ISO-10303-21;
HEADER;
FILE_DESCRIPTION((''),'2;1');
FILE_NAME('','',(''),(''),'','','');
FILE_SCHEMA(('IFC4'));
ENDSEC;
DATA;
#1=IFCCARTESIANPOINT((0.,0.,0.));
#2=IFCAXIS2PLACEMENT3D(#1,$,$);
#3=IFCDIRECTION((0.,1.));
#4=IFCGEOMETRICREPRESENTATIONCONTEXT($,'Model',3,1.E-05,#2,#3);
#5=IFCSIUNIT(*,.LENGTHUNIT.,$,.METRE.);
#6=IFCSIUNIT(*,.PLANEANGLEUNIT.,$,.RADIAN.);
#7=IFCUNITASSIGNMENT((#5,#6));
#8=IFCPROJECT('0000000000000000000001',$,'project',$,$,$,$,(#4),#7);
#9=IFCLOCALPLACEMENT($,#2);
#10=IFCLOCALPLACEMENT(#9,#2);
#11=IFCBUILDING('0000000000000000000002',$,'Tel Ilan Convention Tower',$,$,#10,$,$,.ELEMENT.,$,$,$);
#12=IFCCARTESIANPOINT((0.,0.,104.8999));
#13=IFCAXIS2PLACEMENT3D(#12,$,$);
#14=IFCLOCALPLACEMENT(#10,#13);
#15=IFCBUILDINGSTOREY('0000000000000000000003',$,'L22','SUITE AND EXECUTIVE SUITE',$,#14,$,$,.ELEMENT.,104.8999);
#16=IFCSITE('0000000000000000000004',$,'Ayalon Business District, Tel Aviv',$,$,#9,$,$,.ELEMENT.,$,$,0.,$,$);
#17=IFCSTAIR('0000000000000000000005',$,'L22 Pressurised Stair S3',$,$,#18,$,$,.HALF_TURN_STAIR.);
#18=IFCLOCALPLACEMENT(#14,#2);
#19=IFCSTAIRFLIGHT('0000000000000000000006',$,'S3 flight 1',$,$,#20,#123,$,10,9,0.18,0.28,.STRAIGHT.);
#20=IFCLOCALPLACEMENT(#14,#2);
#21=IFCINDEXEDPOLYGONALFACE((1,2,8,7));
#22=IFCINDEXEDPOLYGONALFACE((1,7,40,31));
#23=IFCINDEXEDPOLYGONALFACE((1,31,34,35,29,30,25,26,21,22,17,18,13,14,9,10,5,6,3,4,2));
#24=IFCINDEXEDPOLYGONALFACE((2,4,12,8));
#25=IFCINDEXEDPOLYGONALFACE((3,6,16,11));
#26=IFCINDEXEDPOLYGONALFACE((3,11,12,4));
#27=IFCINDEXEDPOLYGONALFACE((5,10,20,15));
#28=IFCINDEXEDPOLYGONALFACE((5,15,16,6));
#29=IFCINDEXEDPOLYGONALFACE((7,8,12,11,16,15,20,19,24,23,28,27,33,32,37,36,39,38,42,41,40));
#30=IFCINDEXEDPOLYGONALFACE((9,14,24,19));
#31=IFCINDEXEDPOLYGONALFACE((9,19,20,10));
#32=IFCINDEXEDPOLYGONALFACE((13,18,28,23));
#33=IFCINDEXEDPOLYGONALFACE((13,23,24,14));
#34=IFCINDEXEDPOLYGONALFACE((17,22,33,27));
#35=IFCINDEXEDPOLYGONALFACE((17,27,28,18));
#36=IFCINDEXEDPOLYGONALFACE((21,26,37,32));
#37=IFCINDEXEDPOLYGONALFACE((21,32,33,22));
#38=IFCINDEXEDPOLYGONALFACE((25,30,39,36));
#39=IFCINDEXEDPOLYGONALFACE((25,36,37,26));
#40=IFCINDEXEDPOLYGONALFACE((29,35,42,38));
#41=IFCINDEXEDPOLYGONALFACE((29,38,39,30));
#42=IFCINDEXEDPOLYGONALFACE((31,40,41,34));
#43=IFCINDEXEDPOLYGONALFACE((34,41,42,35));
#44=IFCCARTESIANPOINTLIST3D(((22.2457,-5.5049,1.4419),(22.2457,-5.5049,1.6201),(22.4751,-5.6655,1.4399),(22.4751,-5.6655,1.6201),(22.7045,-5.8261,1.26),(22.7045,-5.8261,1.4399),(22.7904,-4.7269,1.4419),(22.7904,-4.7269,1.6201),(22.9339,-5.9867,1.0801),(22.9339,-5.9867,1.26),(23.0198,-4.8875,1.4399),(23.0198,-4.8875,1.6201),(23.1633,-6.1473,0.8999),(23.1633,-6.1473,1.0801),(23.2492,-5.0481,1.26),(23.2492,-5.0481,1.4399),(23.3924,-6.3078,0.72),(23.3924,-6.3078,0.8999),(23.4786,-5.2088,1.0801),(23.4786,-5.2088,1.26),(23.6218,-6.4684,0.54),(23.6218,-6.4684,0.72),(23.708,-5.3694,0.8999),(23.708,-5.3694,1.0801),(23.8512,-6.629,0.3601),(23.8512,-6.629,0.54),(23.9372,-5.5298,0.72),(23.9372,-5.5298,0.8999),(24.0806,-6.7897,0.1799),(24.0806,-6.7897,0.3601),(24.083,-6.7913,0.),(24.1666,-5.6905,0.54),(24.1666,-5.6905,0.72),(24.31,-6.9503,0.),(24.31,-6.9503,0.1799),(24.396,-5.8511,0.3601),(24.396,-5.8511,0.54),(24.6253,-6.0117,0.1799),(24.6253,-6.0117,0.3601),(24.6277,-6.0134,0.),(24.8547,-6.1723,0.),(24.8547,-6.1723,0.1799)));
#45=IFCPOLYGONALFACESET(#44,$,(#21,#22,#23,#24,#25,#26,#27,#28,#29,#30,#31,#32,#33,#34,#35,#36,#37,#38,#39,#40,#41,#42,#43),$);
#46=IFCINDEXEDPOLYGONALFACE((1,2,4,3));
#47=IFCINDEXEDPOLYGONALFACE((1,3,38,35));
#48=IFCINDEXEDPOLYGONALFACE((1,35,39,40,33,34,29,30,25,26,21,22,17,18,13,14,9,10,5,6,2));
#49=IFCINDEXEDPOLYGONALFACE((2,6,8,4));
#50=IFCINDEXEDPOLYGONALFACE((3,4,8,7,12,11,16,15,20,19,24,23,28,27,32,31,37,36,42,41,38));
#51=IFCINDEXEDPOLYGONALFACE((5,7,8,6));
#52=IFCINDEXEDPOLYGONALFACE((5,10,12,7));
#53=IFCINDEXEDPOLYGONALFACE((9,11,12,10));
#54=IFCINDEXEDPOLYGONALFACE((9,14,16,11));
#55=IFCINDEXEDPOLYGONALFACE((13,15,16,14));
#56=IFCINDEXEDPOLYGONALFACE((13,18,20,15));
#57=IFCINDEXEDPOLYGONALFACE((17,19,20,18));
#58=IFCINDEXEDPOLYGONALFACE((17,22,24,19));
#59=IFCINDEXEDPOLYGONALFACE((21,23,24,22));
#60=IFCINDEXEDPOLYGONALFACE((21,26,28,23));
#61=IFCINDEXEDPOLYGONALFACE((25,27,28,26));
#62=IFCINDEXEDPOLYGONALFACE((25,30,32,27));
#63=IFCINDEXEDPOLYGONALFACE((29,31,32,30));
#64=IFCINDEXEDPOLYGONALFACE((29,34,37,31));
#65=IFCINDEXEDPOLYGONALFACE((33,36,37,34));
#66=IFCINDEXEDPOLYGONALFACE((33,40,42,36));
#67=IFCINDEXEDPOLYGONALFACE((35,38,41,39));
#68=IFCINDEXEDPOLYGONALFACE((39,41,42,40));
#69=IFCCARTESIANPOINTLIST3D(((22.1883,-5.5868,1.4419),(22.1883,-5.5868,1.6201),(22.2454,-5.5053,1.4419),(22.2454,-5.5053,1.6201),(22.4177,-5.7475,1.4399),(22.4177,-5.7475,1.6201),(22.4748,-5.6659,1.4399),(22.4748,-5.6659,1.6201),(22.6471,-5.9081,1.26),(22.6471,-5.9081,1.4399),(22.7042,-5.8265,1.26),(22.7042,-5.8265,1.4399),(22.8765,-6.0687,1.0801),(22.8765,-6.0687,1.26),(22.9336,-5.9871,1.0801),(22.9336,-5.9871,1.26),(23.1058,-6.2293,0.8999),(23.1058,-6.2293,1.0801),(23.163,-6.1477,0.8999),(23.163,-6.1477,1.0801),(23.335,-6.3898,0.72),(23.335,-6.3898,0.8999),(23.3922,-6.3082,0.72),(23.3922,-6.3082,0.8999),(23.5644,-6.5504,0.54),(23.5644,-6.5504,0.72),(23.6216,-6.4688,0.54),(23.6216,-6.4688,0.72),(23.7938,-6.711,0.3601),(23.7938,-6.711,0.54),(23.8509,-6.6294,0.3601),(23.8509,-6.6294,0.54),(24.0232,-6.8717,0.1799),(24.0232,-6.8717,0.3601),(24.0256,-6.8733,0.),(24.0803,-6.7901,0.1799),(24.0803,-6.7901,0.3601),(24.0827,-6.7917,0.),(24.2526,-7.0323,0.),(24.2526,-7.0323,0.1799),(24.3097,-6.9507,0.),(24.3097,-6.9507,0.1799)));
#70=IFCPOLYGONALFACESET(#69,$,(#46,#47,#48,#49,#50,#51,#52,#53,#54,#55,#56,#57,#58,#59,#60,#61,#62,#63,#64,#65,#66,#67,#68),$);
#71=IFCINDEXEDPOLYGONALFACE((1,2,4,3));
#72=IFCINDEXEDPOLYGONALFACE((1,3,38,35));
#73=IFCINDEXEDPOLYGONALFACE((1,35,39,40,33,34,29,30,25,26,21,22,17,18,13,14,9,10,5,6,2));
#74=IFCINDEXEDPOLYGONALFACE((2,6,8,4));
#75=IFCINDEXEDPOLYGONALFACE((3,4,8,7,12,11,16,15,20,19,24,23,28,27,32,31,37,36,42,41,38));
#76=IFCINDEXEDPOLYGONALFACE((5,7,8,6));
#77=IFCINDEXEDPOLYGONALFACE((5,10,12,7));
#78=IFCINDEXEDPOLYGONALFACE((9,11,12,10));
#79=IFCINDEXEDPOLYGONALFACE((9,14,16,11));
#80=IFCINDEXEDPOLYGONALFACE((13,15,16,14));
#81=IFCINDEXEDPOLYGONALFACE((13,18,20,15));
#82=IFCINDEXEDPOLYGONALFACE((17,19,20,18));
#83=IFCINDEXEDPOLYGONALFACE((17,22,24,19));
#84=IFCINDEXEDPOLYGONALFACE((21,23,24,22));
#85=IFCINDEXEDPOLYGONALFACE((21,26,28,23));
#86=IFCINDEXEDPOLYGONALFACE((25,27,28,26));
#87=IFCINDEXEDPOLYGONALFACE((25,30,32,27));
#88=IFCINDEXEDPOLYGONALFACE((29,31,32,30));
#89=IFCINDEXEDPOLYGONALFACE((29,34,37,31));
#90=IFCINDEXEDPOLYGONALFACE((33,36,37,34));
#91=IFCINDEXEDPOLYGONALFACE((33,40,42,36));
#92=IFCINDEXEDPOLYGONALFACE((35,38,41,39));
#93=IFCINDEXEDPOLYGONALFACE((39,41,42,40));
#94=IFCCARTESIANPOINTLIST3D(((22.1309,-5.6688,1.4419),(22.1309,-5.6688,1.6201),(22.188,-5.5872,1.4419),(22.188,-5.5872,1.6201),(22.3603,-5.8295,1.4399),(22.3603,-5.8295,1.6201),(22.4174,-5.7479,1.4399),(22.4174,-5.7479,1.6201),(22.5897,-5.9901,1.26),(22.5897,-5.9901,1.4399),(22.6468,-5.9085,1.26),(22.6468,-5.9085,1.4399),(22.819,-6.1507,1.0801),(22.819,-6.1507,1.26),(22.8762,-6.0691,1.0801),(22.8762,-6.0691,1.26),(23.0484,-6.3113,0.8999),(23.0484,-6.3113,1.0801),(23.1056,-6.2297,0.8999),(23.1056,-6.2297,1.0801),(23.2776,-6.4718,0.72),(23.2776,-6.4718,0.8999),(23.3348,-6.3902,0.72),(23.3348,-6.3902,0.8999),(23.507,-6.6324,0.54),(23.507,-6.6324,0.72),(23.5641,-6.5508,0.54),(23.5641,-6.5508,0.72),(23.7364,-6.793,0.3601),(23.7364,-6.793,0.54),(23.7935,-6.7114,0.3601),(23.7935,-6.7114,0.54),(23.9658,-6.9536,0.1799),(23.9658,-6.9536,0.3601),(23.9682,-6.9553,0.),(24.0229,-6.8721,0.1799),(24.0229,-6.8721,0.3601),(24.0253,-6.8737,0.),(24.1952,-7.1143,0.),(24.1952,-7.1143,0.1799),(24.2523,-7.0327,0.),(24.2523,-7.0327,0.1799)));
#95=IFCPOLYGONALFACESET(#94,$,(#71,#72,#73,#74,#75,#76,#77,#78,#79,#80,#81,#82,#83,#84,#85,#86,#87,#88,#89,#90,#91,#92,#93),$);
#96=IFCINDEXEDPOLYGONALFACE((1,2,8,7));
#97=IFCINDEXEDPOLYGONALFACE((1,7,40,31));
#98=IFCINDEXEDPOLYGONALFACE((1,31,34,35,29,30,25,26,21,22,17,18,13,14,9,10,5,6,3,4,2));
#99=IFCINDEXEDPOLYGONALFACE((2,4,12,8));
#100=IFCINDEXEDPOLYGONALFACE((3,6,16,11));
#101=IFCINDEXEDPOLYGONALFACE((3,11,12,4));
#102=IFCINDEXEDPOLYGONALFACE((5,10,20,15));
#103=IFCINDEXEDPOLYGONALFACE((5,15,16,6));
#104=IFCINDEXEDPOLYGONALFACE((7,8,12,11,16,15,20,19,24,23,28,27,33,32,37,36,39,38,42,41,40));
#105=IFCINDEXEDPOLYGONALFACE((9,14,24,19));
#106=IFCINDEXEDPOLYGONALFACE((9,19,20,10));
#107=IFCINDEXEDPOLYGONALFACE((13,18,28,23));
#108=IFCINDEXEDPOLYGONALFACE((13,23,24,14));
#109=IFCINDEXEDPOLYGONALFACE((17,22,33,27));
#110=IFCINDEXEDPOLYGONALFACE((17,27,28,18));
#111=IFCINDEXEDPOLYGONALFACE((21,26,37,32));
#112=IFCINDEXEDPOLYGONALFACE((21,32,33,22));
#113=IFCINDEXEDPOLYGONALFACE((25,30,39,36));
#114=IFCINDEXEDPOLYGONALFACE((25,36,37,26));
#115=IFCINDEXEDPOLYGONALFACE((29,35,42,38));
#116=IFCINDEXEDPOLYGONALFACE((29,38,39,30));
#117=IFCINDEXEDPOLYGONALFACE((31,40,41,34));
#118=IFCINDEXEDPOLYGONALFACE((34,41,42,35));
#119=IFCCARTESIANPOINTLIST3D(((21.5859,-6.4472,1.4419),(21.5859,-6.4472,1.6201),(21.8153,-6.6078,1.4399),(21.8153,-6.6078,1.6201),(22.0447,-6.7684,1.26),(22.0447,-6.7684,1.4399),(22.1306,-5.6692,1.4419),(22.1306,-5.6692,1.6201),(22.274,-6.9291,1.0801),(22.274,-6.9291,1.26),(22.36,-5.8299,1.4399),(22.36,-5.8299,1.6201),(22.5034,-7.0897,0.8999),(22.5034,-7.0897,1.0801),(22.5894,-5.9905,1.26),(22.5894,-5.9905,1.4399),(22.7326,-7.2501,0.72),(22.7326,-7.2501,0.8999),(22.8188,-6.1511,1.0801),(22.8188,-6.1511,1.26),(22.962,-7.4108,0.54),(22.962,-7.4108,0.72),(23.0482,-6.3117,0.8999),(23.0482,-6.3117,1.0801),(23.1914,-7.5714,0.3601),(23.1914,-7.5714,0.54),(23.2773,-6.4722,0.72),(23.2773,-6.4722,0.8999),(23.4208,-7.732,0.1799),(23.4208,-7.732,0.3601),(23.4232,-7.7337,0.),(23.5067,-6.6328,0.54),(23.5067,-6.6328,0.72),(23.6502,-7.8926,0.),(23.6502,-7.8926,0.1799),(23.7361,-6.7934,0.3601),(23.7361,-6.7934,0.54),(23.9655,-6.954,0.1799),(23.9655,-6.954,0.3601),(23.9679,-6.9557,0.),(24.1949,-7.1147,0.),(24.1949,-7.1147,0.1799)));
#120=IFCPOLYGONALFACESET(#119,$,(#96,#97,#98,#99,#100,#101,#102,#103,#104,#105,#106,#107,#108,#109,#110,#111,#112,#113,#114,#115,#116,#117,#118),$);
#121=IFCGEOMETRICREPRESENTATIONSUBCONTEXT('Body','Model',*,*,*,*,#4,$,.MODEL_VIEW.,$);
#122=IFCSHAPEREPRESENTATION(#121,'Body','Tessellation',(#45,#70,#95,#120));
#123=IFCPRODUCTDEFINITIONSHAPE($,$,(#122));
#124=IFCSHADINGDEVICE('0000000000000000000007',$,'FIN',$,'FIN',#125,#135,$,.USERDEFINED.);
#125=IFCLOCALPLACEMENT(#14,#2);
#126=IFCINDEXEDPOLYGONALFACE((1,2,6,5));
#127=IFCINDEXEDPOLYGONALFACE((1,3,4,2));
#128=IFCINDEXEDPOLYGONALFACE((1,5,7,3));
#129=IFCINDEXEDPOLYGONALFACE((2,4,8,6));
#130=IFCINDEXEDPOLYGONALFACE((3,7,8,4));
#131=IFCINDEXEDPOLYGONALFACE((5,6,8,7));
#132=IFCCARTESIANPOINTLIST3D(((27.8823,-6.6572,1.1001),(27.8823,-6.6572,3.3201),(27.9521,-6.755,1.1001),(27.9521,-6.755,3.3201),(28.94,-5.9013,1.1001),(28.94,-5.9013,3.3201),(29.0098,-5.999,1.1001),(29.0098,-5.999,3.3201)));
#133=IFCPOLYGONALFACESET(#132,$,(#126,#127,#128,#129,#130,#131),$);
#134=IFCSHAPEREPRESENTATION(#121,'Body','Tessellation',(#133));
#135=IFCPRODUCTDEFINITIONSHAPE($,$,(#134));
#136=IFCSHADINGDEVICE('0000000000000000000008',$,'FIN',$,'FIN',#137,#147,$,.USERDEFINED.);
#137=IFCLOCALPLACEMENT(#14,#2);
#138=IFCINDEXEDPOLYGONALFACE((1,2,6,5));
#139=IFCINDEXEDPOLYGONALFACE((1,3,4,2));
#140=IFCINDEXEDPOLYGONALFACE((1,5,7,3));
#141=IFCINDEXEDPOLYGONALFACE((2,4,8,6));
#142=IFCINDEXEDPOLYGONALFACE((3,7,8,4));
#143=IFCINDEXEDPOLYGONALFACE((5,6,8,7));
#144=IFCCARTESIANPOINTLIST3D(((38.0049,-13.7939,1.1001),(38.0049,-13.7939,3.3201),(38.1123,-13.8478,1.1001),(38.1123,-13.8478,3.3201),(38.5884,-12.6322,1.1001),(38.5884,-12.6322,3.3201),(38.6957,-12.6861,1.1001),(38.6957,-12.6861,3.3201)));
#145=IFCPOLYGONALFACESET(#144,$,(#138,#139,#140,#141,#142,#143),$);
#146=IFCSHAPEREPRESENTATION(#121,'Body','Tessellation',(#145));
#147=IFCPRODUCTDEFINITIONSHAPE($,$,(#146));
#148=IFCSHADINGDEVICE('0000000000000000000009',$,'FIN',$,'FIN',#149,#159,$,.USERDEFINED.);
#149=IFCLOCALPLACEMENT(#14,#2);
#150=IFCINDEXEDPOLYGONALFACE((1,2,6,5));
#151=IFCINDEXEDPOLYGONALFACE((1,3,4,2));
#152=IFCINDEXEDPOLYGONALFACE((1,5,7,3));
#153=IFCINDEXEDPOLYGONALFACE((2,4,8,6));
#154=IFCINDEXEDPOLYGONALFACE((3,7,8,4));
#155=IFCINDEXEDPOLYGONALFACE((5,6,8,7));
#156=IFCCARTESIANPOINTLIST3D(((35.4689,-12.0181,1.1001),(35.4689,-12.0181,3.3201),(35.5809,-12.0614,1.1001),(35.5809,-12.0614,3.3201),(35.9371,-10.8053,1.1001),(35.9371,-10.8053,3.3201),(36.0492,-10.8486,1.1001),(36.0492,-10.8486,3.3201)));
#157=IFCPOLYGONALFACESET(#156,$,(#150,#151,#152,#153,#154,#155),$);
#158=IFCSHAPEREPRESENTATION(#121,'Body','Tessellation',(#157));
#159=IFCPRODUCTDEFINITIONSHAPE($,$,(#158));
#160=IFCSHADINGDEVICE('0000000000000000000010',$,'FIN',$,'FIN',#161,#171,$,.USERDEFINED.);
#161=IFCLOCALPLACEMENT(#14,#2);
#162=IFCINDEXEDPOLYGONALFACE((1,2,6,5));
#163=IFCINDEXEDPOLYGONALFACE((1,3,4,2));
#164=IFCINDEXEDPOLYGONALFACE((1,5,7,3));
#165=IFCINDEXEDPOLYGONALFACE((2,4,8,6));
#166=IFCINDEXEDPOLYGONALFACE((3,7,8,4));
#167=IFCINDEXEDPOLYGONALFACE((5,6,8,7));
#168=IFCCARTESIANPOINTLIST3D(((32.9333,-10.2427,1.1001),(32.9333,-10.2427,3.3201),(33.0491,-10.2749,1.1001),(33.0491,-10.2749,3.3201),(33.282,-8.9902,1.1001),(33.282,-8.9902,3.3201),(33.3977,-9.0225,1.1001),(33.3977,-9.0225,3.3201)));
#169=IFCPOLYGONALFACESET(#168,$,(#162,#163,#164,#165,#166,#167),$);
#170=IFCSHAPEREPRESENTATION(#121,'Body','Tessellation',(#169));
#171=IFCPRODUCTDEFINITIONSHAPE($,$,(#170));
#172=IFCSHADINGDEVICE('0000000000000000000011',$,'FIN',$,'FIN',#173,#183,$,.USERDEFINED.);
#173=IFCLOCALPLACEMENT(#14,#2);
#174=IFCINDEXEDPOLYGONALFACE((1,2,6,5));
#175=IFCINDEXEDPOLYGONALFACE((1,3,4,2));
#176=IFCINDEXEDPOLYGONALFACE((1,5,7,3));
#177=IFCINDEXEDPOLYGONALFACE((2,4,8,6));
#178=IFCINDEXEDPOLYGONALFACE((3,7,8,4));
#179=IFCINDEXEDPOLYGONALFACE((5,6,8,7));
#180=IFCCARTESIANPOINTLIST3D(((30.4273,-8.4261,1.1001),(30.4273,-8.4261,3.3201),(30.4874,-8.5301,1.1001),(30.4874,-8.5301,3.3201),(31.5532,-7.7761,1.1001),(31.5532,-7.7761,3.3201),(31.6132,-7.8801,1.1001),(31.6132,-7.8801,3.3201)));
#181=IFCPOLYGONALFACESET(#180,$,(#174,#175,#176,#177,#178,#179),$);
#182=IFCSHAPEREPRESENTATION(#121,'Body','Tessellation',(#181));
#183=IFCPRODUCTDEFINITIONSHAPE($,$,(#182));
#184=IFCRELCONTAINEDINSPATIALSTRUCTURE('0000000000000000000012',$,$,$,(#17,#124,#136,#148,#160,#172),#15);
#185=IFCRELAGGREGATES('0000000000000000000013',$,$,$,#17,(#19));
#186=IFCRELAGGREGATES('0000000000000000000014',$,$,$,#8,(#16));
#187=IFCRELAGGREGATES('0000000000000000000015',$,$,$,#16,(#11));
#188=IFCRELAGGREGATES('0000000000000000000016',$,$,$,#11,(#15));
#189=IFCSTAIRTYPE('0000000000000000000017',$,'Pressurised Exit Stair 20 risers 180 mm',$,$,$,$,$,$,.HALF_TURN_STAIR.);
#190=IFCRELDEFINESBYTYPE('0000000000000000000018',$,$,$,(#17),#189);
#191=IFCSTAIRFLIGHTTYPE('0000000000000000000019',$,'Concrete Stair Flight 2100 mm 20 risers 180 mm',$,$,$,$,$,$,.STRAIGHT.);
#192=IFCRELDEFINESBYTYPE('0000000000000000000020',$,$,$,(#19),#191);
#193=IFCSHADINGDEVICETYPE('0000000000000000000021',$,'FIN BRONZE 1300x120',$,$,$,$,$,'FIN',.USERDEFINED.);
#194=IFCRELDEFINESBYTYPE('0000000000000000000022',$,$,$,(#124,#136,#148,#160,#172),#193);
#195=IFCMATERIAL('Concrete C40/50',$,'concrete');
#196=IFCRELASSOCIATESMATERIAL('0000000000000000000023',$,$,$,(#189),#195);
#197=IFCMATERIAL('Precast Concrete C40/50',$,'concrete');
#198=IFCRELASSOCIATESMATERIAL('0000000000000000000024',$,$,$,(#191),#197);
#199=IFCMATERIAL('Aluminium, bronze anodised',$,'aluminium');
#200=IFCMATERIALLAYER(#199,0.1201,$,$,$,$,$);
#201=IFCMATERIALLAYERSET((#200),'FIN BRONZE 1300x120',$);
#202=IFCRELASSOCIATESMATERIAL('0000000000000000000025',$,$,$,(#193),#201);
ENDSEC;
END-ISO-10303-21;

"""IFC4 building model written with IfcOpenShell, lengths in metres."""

from ifc_helpers import new_model, si_unit, direction, frame, origin, origin_2d, place, context, subcontext, project, spatial, polyline, rectangle, outline, extrude, material, layer, layer_set, type_object, element, aggregate, save


model = new_model("IFC4")

# Units and contexts
model_context = context("Model", 3, precision=1e-05, world=origin(), true_north=direction((0.0, 1.0)))
body_context = subcontext(model_context, "Body", "Model", "MODEL_VIEW")
ifc_project = project(units=[si_unit("LENGTHUNIT", "METRE"), si_unit("PLANEANGLEUNIT", "RADIAN")], contexts=[model_context])

# Site, building, storey
site_placement = place(None, origin())
site = spatial("IfcSite", under=ifc_project, at=site_placement, Name="Ayalon Business District, Tel Aviv", CompositionType="ELEMENT", RefElevation=0.0)
building_placement = place(site_placement, origin())
building = spatial("IfcBuilding", under=site, at=building_placement, Name="Tel Ilan Convention Tower", CompositionType="ELEMENT")
storey_placement = place(building_placement, frame((0.0, 0.0, 104.8999)))
storey = spatial("IfcBuildingStorey", under=building, at=storey_placement, Name="L22", Description="SUITE AND EXECUTIVE SUITE", CompositionType="ELEMENT", Elevation=104.8999)

# Stair, stair flight
ifc_material_1 = material(Name="Concrete C40/50", Category="concrete")
stair_type = type_object("IfcStairType", Name="Pressurised Exit Stair 20 risers 180 mm", PredefinedType="HALF_TURN_STAIR", material=ifc_material_1)
stair_placement = place(storey_placement, origin())
stair = element("IfcStair", 1, at=stair_placement, inside=storey, type_object=stair_type, Name="L22 Pressurised Stair S3", PredefinedType="HALF_TURN_STAIR")
ifc_material_2 = material(Name="Precast Concrete C40/50", Category="concrete")
stair_flight_type = type_object("IfcStairFlightType", Name="Concrete Stair Flight 2100 mm 20 risers 180 mm", PredefinedType="STRAIGHT", material=ifc_material_2)
stair_flight_placement = place(storey_placement, frame((24.2524, -7.0325, 0.0), z_axis=(0.0, 0.0, 1.0), x_axis=(-0.819152, 0.573576, 0.0)))
stair_flight = element("IfcStairFlight", 2, at=stair_flight_placement, type_object=stair_flight_type, Name="S3 flight 1", NumberOfRisers=10, NumberOfTreads=9, PredefinedType="STRAIGHT", RiserHeight=0.18, TreadLength=0.28, context=body_context, shape_type="SweptSolid", body=[
    extrude(outline(polyline([(0.0, 0.0), (0.0, 0.1799), (0.28, 0.1799), (0.28, 0.3601), (0.5601, 0.3601), (0.5601, 0.54), (0.8401, 0.54), (0.8401, 0.72), (1.1201, 0.72), (1.1201, 0.8999), (1.3999, 0.8999), (1.3999, 1.0801), (1.6799, 1.0801), (1.6799, 1.26), (1.96, 1.26), (1.96, 1.4399), (2.24, 1.4399), (2.24, 1.6201), (2.52, 1.6201), (2.52, 1.8), (2.52, 1.4419), (0.2771, 0.0), (0.0, 0.0)])), frame((0.0, -0.1003, 0.0), z_axis=(0.0, -1.0, 0.0), x_axis=(1.0, 0.0, 0.0)), (0.0, 0.0, 1.0), 0.9497),
    extrude(outline(polyline([(0.0, 0.0), (0.0, 0.1799), (0.28, 0.1799), (0.28, 0.3601), (0.5601, 0.3601), (0.5601, 0.54), (0.8401, 0.54), (0.8401, 0.72), (1.1201, 0.72), (1.1201, 0.8999), (1.3999, 0.8999), (1.3999, 1.0801), (1.6799, 1.0801), (1.6799, 1.26), (1.96, 1.26), (1.96, 1.4399), (2.24, 1.4399), (2.24, 1.6201), (2.52, 1.6201), (2.52, 1.8), (2.52, 1.4419), (0.2771, 0.0), (0.0, 0.0)])), frame((0.0, -0.0002, 0.0), z_axis=(0.0, -1.0, 0.0), x_axis=(1.0, 0.0, 0.0)), (0.0, 0.0, 1.0), 0.0996),
    extrude(outline(polyline([(0.0, 0.0), (0.0, 0.1799), (0.28, 0.1799), (0.28, 0.3601), (0.5601, 0.3601), (0.5601, 0.54), (0.8401, 0.54), (0.8401, 0.72), (1.1201, 0.72), (1.1201, 0.8999), (1.3999, 0.8999), (1.3999, 1.0801), (1.6799, 1.0801), (1.6799, 1.26), (1.96, 1.26), (1.96, 1.4399), (2.24, 1.4399), (2.24, 1.6201), (2.52, 1.6201), (2.52, 1.8), (2.52, 1.4419), (0.2771, 0.0), (0.0, 0.0)])), frame((0.0, 0.0999, 0.0), z_axis=(0.0, -1.0, 0.0), x_axis=(1.0, 0.0, 0.0)), (0.0, 0.0, 1.0), 0.0996),
    extrude(outline(polyline([(0.0, 0.0), (0.0, 0.1799), (0.28, 0.1799), (0.28, 0.3601), (0.5601, 0.3601), (0.5601, 0.54), (0.8401, 0.54), (0.8401, 0.72), (1.1201, 0.72), (1.1201, 0.8999), (1.3999, 0.8999), (1.3999, 1.0801), (1.6799, 1.0801), (1.6799, 1.26), (1.96, 1.26), (1.96, 1.4399), (2.24, 1.4399), (2.24, 1.6201), (2.52, 1.6201), (2.52, 1.8), (2.52, 1.4419), (0.2771, 0.0), (0.0, 0.0)])), frame((0.0, 1.05, 0.0), z_axis=(0.0, -1.0, 0.0), x_axis=(1.0, 0.0, 0.0)), (0.0, 0.0, 1.0), 0.9497),
])
aggregate(stair, [stair_flight])

# Shading devices
ifc_material_3 = material(Name="Aluminium, bronze anodised", Category="aluminium")
ifc_layer_1 = layer(ifc_material_3, 0.1201)
ifc_layer_set_1 = layer_set([ifc_layer_1], Name="FIN BRONZE 1300x120")
shading_device_type = type_object("IfcShadingDeviceType", Name="FIN BRONZE 1300x120", ElementType="FIN", PredefinedType="USERDEFINED", material=ifc_layer_set_1)
for number, where, z_axis, x_axis, name in (
    (3, (28.446, -6.3281, 1.1001), (0.0, 0.0, 1.0), (0.813552, 0.581492, 0.0), "FIN"),
    (4, (38.3503, -13.24, 1.1001), (0.0, 0.0, 1.0), (0.448799, 0.893633, 0.0), "FIN"),
    (5, (35.759, -11.4333, 1.1001), (0.0, 0.0, 1.0), (0.360178, 0.932884, 0.0), "FIN"),
    (6, (33.1655, -9.6326, 1.1001), (0.0, 0.0, 1.0), (0.268173, 0.963371, 0.0), "FIN"),
    (7, (31.0203, -8.1531, 1.1001), (0.0, 0.0, 1.0), (0.866025, 0.5, 0.0), "FIN"),
):
    element("IfcShadingDevice", number, at=place(storey_placement, frame(where, z_axis=z_axis, x_axis=x_axis)), inside=storey, type_object=shading_device_type, Name=name, ObjectType="FIN", PredefinedType="USERDEFINED", context=body_context, shape_type="SweptSolid", body=[
        extrude(rectangle(XDim=1.3, YDim=0.1201, at=origin_2d()), origin(), (0.0, 0.0, 1.0), 2.22),
    ])

save(model, "model.ifc")
